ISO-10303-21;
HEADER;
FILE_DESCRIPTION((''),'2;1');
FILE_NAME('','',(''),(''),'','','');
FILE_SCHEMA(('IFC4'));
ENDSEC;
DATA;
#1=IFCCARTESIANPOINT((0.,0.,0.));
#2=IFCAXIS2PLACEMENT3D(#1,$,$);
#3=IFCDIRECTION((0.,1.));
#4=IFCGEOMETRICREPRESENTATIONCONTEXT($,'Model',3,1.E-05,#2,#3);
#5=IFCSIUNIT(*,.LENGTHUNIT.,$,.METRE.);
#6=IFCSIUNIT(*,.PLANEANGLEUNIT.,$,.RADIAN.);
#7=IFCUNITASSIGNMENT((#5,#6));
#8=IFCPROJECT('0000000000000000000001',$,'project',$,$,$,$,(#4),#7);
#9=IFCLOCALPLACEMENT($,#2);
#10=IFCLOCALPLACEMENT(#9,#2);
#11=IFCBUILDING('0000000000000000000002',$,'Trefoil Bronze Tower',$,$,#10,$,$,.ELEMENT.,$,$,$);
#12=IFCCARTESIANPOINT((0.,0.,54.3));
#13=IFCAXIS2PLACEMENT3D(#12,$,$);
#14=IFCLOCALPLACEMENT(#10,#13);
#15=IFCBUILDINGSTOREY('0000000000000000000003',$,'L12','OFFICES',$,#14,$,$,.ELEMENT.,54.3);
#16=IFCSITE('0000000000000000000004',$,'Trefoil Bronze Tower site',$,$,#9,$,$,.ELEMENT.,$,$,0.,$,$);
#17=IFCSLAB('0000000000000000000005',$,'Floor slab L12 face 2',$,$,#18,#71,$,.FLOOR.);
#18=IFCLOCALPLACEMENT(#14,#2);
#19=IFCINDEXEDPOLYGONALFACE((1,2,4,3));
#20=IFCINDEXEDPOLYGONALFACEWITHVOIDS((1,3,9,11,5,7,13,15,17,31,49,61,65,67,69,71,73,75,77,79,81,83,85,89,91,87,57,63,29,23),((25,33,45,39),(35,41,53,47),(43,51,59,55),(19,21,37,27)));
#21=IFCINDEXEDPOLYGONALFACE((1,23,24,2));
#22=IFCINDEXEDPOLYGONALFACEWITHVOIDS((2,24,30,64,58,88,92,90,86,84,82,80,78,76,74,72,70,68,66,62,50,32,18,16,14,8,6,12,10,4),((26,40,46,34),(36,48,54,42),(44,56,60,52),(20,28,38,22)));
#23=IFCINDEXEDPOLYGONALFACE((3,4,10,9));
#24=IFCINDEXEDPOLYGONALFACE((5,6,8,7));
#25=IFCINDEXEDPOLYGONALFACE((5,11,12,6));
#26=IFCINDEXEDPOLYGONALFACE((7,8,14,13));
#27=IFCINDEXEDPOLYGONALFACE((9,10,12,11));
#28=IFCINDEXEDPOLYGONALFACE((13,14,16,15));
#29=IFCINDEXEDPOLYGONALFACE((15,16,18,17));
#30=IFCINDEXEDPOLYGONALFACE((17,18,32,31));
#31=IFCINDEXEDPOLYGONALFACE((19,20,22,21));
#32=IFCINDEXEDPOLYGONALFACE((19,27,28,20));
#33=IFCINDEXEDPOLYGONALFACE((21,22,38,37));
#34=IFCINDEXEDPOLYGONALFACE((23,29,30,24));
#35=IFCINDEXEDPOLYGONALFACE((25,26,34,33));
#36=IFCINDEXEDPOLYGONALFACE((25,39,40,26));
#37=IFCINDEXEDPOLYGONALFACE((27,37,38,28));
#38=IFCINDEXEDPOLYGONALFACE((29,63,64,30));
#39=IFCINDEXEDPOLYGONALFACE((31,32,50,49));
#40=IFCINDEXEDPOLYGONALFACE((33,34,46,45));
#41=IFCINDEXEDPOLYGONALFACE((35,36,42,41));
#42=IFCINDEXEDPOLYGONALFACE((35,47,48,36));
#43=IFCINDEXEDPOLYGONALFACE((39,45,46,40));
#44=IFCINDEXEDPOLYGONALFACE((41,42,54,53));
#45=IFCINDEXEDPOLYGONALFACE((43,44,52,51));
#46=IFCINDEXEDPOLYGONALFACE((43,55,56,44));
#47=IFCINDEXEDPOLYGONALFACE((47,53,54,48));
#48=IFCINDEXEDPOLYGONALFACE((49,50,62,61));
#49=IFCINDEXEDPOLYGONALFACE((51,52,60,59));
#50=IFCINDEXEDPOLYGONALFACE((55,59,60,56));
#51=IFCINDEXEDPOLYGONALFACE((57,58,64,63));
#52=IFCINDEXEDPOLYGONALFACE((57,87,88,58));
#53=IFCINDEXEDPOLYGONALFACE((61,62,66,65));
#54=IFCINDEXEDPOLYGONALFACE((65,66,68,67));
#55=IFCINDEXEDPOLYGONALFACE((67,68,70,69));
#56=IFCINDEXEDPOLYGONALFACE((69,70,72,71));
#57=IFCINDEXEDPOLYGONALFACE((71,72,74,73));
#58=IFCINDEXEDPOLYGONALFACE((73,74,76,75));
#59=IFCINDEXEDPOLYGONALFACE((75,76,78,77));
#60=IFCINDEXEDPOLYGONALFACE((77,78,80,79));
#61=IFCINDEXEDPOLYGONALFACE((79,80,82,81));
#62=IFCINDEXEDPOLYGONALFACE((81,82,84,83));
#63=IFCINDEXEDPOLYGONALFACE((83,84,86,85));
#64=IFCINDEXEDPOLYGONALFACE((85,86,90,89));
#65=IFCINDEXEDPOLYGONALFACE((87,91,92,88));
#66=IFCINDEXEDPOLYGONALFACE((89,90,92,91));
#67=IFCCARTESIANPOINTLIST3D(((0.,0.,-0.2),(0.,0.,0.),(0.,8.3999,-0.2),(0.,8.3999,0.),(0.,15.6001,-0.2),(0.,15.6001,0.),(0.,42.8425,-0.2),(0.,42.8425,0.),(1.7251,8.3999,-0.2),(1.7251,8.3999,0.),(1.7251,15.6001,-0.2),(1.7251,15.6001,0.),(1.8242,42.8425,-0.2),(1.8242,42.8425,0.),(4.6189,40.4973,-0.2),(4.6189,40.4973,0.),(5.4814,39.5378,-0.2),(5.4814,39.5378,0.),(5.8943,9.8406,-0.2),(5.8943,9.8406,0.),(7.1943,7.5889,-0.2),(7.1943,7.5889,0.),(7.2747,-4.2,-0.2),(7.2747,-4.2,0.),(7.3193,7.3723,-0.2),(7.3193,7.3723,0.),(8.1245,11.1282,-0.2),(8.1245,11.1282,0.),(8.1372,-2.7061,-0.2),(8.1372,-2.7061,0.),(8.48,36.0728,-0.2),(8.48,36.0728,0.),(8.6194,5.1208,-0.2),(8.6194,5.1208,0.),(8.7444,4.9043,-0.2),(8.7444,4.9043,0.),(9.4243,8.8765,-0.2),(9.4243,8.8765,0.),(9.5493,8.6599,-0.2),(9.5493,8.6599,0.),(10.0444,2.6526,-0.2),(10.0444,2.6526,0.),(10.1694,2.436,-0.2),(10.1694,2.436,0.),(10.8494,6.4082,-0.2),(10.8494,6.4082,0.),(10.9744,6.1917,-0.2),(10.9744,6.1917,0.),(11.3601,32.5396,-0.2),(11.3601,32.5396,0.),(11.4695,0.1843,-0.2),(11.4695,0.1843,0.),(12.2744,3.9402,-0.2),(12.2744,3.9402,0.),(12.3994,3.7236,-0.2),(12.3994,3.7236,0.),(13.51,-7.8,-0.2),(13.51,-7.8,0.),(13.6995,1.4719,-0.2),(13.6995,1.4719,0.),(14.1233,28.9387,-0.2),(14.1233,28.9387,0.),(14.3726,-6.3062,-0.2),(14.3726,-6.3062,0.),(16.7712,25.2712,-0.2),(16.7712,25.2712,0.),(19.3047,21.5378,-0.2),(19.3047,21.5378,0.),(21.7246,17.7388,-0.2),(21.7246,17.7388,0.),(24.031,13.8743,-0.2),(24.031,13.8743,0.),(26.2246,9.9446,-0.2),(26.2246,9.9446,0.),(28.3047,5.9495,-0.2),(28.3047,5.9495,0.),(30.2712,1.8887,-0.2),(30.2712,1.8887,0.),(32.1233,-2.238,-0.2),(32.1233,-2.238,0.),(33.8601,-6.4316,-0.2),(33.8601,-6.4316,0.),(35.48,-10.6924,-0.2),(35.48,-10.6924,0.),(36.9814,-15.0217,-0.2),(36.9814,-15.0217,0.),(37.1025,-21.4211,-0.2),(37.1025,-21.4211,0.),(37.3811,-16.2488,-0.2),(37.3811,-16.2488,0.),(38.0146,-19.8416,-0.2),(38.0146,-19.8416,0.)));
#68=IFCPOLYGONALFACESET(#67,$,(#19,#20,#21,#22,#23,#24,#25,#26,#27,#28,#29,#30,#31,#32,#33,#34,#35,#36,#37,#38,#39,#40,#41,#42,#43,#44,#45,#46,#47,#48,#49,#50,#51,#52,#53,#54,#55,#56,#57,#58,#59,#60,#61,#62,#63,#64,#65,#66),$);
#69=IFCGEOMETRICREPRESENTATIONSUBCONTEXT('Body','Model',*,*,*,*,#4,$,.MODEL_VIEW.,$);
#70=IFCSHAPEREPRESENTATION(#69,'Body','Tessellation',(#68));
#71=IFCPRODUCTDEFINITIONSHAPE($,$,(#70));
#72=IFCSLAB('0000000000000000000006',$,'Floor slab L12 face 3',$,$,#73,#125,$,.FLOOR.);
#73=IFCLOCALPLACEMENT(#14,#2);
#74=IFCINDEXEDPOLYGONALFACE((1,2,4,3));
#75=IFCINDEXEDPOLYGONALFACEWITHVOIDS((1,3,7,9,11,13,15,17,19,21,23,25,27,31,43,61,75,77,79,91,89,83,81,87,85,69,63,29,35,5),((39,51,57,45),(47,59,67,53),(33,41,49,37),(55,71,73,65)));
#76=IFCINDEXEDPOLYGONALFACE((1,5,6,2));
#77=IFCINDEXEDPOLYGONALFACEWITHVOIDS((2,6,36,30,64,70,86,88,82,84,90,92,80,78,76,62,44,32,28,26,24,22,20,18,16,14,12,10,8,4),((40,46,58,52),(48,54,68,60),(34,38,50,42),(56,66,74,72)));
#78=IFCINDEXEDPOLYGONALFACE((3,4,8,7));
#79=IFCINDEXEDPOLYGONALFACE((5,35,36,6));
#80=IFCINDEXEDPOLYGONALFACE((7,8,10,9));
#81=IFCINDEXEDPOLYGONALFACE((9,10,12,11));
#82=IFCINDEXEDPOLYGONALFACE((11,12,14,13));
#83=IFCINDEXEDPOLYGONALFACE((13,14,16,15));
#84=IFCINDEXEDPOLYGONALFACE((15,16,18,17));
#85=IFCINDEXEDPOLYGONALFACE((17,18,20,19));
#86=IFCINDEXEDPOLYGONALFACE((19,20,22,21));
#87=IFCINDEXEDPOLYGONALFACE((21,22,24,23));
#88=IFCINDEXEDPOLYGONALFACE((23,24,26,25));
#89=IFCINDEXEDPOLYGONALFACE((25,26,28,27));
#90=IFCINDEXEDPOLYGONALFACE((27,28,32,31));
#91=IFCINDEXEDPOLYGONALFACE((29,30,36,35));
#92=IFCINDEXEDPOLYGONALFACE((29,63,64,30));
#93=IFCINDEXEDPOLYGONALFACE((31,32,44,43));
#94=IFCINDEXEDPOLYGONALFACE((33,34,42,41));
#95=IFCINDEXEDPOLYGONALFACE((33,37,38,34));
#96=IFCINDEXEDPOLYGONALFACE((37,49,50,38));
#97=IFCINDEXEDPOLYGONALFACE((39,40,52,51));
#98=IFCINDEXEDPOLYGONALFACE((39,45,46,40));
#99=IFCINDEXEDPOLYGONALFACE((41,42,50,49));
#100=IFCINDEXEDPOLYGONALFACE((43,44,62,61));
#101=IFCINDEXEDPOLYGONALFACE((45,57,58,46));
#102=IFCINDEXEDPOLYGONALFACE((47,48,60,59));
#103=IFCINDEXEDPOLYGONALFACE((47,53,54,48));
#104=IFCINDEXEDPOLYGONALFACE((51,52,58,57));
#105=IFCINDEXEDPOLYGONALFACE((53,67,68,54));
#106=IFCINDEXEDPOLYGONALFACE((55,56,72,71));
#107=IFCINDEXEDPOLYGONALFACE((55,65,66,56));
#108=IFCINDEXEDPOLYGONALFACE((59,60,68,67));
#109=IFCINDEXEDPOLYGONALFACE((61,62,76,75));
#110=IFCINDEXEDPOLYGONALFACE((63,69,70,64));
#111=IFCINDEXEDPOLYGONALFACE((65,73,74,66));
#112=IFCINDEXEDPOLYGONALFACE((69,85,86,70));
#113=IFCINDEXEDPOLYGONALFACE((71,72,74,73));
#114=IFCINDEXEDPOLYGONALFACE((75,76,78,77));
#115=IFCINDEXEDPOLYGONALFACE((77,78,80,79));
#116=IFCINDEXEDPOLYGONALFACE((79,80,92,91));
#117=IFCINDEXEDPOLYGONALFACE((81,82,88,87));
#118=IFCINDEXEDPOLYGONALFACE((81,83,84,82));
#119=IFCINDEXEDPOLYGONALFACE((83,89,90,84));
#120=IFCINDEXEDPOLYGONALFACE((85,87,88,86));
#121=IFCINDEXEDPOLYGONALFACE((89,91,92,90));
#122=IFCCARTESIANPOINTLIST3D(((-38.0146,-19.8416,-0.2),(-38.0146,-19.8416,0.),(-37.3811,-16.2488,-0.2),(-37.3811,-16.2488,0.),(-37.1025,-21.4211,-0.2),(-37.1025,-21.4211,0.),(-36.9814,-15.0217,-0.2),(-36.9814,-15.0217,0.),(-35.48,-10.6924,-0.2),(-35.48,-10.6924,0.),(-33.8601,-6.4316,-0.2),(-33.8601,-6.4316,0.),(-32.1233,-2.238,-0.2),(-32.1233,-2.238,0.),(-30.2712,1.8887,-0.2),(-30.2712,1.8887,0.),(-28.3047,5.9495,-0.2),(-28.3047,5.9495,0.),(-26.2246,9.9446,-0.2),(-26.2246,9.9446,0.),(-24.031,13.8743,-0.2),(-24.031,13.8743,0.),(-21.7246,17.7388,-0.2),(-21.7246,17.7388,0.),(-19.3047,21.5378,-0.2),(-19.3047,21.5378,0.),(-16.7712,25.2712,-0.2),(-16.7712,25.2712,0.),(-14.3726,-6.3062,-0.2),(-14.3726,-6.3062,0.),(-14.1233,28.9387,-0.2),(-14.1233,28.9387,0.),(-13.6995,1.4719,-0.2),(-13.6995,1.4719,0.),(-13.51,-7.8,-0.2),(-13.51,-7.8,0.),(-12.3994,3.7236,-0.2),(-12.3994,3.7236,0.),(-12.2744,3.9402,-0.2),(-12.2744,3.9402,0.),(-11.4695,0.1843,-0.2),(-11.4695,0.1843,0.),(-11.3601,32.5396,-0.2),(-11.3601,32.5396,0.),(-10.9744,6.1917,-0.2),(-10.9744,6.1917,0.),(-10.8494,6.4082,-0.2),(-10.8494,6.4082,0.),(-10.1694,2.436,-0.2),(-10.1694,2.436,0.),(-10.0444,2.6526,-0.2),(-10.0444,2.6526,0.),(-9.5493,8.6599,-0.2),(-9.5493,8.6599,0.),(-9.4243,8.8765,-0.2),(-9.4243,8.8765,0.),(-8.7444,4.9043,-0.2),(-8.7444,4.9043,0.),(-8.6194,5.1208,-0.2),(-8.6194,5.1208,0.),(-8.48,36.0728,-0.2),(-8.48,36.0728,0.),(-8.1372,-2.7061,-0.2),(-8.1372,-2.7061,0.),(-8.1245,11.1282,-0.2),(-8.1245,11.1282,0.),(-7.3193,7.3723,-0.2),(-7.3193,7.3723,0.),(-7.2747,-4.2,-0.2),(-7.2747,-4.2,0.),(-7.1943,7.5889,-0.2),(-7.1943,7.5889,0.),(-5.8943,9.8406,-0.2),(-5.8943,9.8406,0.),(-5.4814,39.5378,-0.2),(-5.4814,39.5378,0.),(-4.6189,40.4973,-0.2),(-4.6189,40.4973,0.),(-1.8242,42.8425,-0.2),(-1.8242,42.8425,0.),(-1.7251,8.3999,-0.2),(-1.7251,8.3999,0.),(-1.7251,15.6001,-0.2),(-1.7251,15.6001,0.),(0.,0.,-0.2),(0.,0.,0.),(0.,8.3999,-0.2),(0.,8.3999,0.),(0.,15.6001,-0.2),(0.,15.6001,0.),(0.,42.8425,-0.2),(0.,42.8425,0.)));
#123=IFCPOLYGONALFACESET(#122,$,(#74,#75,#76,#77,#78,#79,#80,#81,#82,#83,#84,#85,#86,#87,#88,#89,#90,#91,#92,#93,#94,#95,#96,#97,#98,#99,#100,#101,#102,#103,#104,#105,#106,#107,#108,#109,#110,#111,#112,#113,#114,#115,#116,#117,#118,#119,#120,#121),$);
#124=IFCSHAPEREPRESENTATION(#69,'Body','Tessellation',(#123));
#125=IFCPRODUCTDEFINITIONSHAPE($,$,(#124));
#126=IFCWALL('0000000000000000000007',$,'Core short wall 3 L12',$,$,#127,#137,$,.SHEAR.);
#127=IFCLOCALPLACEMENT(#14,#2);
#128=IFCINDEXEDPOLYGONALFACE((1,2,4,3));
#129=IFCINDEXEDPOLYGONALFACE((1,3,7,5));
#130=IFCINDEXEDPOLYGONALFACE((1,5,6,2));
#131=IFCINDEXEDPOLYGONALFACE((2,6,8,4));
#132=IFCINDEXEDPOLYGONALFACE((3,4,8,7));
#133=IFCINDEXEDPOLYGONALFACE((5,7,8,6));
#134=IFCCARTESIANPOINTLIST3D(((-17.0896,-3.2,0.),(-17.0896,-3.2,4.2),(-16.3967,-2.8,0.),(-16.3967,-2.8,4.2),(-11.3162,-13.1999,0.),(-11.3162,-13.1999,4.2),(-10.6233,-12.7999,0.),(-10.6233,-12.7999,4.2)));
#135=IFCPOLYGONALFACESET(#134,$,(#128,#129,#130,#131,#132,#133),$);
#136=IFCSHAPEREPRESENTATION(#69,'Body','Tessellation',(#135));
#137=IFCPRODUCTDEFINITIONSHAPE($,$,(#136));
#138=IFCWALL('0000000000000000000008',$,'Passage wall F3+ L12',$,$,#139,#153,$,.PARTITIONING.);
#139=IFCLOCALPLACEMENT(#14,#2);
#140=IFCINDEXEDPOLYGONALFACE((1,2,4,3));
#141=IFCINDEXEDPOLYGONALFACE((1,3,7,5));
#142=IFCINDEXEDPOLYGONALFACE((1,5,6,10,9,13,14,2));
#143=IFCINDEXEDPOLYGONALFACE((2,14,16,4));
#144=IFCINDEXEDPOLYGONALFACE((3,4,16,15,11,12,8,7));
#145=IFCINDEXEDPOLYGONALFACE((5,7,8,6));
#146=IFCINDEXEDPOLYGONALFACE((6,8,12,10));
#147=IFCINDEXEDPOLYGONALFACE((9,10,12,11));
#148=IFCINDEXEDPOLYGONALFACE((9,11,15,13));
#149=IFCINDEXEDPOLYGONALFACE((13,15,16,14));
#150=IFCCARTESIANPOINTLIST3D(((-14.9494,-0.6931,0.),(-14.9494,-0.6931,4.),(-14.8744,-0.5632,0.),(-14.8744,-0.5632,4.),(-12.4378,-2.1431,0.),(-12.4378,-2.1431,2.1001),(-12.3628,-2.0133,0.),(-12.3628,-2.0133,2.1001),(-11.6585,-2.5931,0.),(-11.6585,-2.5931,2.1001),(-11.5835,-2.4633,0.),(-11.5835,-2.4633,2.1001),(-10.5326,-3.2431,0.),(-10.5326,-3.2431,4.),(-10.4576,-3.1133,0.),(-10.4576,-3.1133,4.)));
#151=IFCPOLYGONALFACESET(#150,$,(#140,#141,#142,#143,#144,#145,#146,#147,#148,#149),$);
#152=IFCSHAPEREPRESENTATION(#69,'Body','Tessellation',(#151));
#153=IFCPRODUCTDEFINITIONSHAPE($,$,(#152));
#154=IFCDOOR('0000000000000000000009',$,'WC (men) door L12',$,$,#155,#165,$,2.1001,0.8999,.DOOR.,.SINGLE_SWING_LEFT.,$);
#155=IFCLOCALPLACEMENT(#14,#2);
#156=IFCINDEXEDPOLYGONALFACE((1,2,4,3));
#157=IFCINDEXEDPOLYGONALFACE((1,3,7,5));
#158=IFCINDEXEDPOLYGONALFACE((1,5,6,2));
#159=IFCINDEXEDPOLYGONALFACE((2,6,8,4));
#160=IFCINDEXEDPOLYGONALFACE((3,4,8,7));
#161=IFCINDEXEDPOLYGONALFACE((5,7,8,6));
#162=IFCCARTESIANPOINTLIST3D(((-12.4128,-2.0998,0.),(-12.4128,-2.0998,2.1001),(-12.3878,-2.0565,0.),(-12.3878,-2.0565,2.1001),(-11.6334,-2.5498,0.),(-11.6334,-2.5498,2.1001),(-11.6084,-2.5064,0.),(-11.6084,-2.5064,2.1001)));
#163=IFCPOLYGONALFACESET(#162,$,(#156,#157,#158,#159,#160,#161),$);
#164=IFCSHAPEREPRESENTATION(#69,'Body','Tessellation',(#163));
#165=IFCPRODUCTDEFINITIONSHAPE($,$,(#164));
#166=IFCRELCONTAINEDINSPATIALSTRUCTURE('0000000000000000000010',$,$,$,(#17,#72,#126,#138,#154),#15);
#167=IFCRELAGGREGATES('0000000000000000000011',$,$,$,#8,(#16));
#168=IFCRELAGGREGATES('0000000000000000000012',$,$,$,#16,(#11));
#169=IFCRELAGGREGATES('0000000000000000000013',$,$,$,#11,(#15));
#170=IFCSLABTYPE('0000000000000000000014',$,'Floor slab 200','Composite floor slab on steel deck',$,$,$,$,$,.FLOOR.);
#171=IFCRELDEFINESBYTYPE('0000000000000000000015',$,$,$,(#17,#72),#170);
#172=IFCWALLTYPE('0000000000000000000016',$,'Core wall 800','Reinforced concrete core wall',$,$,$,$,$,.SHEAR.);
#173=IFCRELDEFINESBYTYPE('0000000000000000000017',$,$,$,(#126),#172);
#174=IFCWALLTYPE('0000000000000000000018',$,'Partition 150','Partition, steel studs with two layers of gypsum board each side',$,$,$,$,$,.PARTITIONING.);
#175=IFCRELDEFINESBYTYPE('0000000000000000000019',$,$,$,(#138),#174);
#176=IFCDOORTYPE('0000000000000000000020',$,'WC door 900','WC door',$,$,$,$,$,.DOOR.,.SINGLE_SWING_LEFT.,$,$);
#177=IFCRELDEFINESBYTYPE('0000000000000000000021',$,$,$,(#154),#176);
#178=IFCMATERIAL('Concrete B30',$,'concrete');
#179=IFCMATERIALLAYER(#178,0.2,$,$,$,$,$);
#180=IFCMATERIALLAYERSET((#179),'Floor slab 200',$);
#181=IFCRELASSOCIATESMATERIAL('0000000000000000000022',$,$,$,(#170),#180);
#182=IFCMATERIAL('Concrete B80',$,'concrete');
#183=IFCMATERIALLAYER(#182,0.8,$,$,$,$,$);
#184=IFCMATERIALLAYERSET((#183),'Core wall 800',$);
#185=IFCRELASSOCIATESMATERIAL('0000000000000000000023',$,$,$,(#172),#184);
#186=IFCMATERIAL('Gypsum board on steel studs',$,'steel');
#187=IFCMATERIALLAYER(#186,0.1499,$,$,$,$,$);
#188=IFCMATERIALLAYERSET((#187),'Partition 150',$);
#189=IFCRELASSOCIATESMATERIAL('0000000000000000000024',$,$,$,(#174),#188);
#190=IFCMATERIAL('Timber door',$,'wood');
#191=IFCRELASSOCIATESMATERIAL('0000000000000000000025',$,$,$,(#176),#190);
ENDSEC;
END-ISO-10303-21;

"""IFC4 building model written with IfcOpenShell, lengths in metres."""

from ifc_helpers import new_model, si_unit, direction, frame, frame_2d, origin, place, context, subcontext, project, spatial, polyline, rectangle, outline, extrude, material, layer, layer_set, type_object, element, fill, save


model = new_model("IFC4")

# Units and contexts
model_context = context("Model", 3, precision=1e-05, world=origin(), true_north=direction((0.0, 1.0)))
body_context = subcontext(model_context, "Body", "Model", "MODEL_VIEW")
ifc_project = project(units=[si_unit("LENGTHUNIT", "METRE"), si_unit("PLANEANGLEUNIT", "RADIAN")], contexts=[model_context])

# Site, building, storey
site_placement = place(None, origin())
site = spatial("IfcSite", under=ifc_project, at=site_placement, Name="Trefoil Bronze Tower site", CompositionType="ELEMENT", RefElevation=0.0)
building_placement = place(site_placement, origin())
building = spatial("IfcBuilding", under=site, at=building_placement, Name="Trefoil Bronze Tower", CompositionType="ELEMENT")
storey_placement = place(building_placement, frame((0.0, 0.0, 54.3)))
storey = spatial("IfcBuildingStorey", under=building, at=storey_placement, Name="L12", Description="OFFICES", CompositionType="ELEMENT", Elevation=54.3)

# Slabs
ifc_material_1 = material(Name="Concrete B30", Category="concrete")
ifc_layer_1 = layer(ifc_material_1, 0.2)
ifc_layer_set_1 = layer_set([ifc_layer_1], Name="Floor slab 200")
slab_type = type_object("IfcSlabType", Name="Floor slab 200", Description="Composite floor slab on steel deck", PredefinedType="FLOOR", material=ifc_layer_set_1)
slab_1_placement = place(storey_placement, frame((0.0, 0.0, -0.2)))
element("IfcSlab", 1, at=slab_1_placement, inside=storey, type_object=slab_type, Name="Floor slab L12 face 2", PredefinedType="FLOOR", context=body_context, shape_type="SweptSolid", body=[
    extrude(outline(polyline([(8.48, 36.0728), (11.3601, 32.5396), (14.1233, 28.9387), (16.7712, 25.2712), (19.3047, 21.5378), (21.7246, 17.7388), (24.031, 13.8743), (26.2246, 9.9446), (28.3047, 5.9495), (30.2712, 1.8887), (32.1233, -2.238), (33.8601, -6.4316), (35.48, -10.6924), (36.9814, -15.0217), (37.3811, -16.2488), (38.0146, -19.8416), (37.1025, -21.4211), (13.51, -7.8), (14.3726, -6.3062), (8.1372, -2.7061), (7.2747, -4.2), (0.0, 0.0), (0.0, 8.3999), (1.7251, 8.3999), (1.7251, 15.6001), (0.0, 15.6001), (0.0, 42.8425), (1.8242, 42.8425), (4.6189, 40.4973), (5.4814, 39.5378), (8.48, 36.0728)]), holes=[polyline([(11.4695, 0.1843), (10.1694, 2.436), (12.3994, 3.7236), (13.6995, 1.4719), (11.4695, 0.1843)]), polyline([(10.0444, 2.6526), (8.7444, 4.9043), (10.9744, 6.1917), (12.2744, 3.9402), (10.0444, 2.6526)]), polyline([(8.6194, 5.1208), (7.3193, 7.3723), (9.5493, 8.6599), (10.8494, 6.4082), (8.6194, 5.1208)]), polyline([(7.1943, 7.5889), (5.8943, 9.8406), (8.1245, 11.1282), (9.4243, 8.8765), (7.1943, 7.5889)])]), origin(), (0.0, 0.0, 1.0), 0.2),
])
slab_2_placement = place(storey_placement, frame((0.0, 0.0, -0.2)))
element("IfcSlab", 2, at=slab_2_placement, inside=storey, type_object=slab_type, Name="Floor slab L12 face 3", PredefinedType="FLOOR", context=body_context, shape_type="SweptSolid", body=[
    extrude(outline(polyline([(-35.48, -10.6924), (-33.8601, -6.4316), (-32.1233, -2.238), (-30.2712, 1.8887), (-28.3047, 5.9495), (-26.2246, 9.9446), (-24.031, 13.8743), (-21.7246, 17.7388), (-19.3047, 21.5378), (-16.7712, 25.2712), (-14.1233, 28.9387), (-11.3601, 32.5396), (-8.48, 36.0728), (-5.4814, 39.5378), (-4.6189, 40.4973), (-1.8242, 42.8425), (0.0, 42.8425), (0.0, 15.6001), (-1.7251, 15.6001), (-1.7251, 8.3999), (0.0, 8.3999), (0.0, 0.0), (-7.2747, -4.2), (-8.1372, -2.7061), (-14.3726, -6.3062), (-13.51, -7.8), (-37.1025, -21.4211), (-38.0146, -19.8416), (-37.3811, -16.2488), (-36.9814, -15.0217), (-35.48, -10.6924)]), holes=[polyline([(-5.8943, 9.8406), (-7.1943, 7.5889), (-9.4243, 8.8765), (-8.1245, 11.1282), (-5.8943, 9.8406)]), polyline([(-7.3193, 7.3723), (-8.6194, 5.1208), (-10.8494, 6.4082), (-9.5493, 8.6599), (-7.3193, 7.3723)]), polyline([(-8.7444, 4.9043), (-10.0444, 2.6526), (-12.2744, 3.9402), (-10.9744, 6.1917), (-8.7444, 4.9043)]), polyline([(-10.1694, 2.436), (-11.4695, 0.1843), (-13.6995, 1.4719), (-12.3994, 3.7236), (-10.1694, 2.436)])]), origin(), (0.0, 0.0, 1.0), 0.2),
])

# Wall
ifc_material_2 = material(Name="Concrete B80", Category="concrete")
ifc_layer_2 = layer(ifc_material_2, 0.8)
ifc_layer_set_2 = layer_set([ifc_layer_2], Name="Core wall 800")
wall_type_1 = type_object("IfcWallType", Name="Core wall 800", Description="Reinforced concrete core wall", PredefinedType="SHEAR", material=ifc_layer_set_2)
wall_1_placement = place(storey_placement, frame((-16.7432, -3.0, 0.0), z_axis=(0.0, 0.0, 1.0), x_axis=(0.499996, -0.866028, 0.0)))
element("IfcWall", 3, at=wall_1_placement, inside=storey, type_object=wall_type_1, Name="Core short wall 3 L12", PredefinedType="SHEAR", context=body_context, shape_type="SweptSolid", body=[
    extrude(rectangle(XDim=11.5469, YDim=0.8, at=frame_2d((5.7734, 0.0))), origin(), (0.0, 0.0, 1.0), 4.2),
])

# Wall, opening, door
ifc_material_3 = material(Name="Gypsum board on steel studs", Category="steel")
ifc_layer_3 = layer(ifc_material_3, 0.1499)
ifc_layer_set_3 = layer_set([ifc_layer_3], Name="Partition 150")
wall_type_2 = type_object("IfcWallType", Name="Partition 150", Description="Partition, steel studs with two layers of gypsum board each side", PredefinedType="PARTITIONING", material=ifc_layer_set_3)
wall_2_placement = place(storey_placement, frame((-10.4951, -3.1782, 0.0), z_axis=(0.0, 0.0, 1.0), x_axis=(-0.866022, 0.500006, 0.0)))
wall_2 = element("IfcWall", 4, at=wall_2_placement, inside=storey, type_object=wall_type_2, Name="Passage wall F3+ L12", PredefinedType="PARTITIONING", context=body_context, shape_type="SweptSolid", body=[
    extrude(rectangle(XDim=5.1001, YDim=0.1499, at=frame_2d((2.55, 0.0))), origin(), (0.0, 0.0, 1.0), 4.0),
])
opening_1_placement = place(wall_2_placement, frame((1.3, 0.0, 0.0)))
opening_1 = element("IfcOpeningElement", 5, at=opening_1_placement, cuts=wall_2, PredefinedType="OPENING", context=body_context, shape_type="SweptSolid", body=[
    extrude(rectangle(XDim=0.8999, YDim=2.1001, at=frame_2d((0.45, 1.05))), frame((0.0, 0.085, 0.0), z_axis=(0.0, -1.0, 0.0), x_axis=(1.0, 0.0, 0.0)), (0.0, 0.0, 1.0), 0.1699),
])
ifc_material_4 = material(Name="Timber door", Category="wood")
door_type_1 = type_object("IfcDoorType", Name="WC door 900", Description="WC door", OperationType="SINGLE_SWING_LEFT", PredefinedType="DOOR", material=ifc_material_4)
door_1_placement = place(opening_1_placement, origin())
door_1 = element("IfcDoor", 6, at=door_1_placement, inside=storey, type_object=door_type_1, Name="WC (men) door L12", OperationType="SINGLE_SWING_LEFT", OverallHeight=2.1001, OverallWidth=0.8999, PredefinedType="DOOR", context=body_context, shape_type="SweptSolid", body=[
    extrude(rectangle(XDim=0.8999, YDim=2.1001, at=frame_2d((0.45, 1.05))), frame((0.0, 0.0249, 0.0), z_axis=(0.0, -1.0, 0.0), x_axis=(1.0, 0.0, 0.0)), (0.0, 0.0, 1.0), 0.05),
])
fill(opening_1, door_1)

save(model, "model.ifc")
